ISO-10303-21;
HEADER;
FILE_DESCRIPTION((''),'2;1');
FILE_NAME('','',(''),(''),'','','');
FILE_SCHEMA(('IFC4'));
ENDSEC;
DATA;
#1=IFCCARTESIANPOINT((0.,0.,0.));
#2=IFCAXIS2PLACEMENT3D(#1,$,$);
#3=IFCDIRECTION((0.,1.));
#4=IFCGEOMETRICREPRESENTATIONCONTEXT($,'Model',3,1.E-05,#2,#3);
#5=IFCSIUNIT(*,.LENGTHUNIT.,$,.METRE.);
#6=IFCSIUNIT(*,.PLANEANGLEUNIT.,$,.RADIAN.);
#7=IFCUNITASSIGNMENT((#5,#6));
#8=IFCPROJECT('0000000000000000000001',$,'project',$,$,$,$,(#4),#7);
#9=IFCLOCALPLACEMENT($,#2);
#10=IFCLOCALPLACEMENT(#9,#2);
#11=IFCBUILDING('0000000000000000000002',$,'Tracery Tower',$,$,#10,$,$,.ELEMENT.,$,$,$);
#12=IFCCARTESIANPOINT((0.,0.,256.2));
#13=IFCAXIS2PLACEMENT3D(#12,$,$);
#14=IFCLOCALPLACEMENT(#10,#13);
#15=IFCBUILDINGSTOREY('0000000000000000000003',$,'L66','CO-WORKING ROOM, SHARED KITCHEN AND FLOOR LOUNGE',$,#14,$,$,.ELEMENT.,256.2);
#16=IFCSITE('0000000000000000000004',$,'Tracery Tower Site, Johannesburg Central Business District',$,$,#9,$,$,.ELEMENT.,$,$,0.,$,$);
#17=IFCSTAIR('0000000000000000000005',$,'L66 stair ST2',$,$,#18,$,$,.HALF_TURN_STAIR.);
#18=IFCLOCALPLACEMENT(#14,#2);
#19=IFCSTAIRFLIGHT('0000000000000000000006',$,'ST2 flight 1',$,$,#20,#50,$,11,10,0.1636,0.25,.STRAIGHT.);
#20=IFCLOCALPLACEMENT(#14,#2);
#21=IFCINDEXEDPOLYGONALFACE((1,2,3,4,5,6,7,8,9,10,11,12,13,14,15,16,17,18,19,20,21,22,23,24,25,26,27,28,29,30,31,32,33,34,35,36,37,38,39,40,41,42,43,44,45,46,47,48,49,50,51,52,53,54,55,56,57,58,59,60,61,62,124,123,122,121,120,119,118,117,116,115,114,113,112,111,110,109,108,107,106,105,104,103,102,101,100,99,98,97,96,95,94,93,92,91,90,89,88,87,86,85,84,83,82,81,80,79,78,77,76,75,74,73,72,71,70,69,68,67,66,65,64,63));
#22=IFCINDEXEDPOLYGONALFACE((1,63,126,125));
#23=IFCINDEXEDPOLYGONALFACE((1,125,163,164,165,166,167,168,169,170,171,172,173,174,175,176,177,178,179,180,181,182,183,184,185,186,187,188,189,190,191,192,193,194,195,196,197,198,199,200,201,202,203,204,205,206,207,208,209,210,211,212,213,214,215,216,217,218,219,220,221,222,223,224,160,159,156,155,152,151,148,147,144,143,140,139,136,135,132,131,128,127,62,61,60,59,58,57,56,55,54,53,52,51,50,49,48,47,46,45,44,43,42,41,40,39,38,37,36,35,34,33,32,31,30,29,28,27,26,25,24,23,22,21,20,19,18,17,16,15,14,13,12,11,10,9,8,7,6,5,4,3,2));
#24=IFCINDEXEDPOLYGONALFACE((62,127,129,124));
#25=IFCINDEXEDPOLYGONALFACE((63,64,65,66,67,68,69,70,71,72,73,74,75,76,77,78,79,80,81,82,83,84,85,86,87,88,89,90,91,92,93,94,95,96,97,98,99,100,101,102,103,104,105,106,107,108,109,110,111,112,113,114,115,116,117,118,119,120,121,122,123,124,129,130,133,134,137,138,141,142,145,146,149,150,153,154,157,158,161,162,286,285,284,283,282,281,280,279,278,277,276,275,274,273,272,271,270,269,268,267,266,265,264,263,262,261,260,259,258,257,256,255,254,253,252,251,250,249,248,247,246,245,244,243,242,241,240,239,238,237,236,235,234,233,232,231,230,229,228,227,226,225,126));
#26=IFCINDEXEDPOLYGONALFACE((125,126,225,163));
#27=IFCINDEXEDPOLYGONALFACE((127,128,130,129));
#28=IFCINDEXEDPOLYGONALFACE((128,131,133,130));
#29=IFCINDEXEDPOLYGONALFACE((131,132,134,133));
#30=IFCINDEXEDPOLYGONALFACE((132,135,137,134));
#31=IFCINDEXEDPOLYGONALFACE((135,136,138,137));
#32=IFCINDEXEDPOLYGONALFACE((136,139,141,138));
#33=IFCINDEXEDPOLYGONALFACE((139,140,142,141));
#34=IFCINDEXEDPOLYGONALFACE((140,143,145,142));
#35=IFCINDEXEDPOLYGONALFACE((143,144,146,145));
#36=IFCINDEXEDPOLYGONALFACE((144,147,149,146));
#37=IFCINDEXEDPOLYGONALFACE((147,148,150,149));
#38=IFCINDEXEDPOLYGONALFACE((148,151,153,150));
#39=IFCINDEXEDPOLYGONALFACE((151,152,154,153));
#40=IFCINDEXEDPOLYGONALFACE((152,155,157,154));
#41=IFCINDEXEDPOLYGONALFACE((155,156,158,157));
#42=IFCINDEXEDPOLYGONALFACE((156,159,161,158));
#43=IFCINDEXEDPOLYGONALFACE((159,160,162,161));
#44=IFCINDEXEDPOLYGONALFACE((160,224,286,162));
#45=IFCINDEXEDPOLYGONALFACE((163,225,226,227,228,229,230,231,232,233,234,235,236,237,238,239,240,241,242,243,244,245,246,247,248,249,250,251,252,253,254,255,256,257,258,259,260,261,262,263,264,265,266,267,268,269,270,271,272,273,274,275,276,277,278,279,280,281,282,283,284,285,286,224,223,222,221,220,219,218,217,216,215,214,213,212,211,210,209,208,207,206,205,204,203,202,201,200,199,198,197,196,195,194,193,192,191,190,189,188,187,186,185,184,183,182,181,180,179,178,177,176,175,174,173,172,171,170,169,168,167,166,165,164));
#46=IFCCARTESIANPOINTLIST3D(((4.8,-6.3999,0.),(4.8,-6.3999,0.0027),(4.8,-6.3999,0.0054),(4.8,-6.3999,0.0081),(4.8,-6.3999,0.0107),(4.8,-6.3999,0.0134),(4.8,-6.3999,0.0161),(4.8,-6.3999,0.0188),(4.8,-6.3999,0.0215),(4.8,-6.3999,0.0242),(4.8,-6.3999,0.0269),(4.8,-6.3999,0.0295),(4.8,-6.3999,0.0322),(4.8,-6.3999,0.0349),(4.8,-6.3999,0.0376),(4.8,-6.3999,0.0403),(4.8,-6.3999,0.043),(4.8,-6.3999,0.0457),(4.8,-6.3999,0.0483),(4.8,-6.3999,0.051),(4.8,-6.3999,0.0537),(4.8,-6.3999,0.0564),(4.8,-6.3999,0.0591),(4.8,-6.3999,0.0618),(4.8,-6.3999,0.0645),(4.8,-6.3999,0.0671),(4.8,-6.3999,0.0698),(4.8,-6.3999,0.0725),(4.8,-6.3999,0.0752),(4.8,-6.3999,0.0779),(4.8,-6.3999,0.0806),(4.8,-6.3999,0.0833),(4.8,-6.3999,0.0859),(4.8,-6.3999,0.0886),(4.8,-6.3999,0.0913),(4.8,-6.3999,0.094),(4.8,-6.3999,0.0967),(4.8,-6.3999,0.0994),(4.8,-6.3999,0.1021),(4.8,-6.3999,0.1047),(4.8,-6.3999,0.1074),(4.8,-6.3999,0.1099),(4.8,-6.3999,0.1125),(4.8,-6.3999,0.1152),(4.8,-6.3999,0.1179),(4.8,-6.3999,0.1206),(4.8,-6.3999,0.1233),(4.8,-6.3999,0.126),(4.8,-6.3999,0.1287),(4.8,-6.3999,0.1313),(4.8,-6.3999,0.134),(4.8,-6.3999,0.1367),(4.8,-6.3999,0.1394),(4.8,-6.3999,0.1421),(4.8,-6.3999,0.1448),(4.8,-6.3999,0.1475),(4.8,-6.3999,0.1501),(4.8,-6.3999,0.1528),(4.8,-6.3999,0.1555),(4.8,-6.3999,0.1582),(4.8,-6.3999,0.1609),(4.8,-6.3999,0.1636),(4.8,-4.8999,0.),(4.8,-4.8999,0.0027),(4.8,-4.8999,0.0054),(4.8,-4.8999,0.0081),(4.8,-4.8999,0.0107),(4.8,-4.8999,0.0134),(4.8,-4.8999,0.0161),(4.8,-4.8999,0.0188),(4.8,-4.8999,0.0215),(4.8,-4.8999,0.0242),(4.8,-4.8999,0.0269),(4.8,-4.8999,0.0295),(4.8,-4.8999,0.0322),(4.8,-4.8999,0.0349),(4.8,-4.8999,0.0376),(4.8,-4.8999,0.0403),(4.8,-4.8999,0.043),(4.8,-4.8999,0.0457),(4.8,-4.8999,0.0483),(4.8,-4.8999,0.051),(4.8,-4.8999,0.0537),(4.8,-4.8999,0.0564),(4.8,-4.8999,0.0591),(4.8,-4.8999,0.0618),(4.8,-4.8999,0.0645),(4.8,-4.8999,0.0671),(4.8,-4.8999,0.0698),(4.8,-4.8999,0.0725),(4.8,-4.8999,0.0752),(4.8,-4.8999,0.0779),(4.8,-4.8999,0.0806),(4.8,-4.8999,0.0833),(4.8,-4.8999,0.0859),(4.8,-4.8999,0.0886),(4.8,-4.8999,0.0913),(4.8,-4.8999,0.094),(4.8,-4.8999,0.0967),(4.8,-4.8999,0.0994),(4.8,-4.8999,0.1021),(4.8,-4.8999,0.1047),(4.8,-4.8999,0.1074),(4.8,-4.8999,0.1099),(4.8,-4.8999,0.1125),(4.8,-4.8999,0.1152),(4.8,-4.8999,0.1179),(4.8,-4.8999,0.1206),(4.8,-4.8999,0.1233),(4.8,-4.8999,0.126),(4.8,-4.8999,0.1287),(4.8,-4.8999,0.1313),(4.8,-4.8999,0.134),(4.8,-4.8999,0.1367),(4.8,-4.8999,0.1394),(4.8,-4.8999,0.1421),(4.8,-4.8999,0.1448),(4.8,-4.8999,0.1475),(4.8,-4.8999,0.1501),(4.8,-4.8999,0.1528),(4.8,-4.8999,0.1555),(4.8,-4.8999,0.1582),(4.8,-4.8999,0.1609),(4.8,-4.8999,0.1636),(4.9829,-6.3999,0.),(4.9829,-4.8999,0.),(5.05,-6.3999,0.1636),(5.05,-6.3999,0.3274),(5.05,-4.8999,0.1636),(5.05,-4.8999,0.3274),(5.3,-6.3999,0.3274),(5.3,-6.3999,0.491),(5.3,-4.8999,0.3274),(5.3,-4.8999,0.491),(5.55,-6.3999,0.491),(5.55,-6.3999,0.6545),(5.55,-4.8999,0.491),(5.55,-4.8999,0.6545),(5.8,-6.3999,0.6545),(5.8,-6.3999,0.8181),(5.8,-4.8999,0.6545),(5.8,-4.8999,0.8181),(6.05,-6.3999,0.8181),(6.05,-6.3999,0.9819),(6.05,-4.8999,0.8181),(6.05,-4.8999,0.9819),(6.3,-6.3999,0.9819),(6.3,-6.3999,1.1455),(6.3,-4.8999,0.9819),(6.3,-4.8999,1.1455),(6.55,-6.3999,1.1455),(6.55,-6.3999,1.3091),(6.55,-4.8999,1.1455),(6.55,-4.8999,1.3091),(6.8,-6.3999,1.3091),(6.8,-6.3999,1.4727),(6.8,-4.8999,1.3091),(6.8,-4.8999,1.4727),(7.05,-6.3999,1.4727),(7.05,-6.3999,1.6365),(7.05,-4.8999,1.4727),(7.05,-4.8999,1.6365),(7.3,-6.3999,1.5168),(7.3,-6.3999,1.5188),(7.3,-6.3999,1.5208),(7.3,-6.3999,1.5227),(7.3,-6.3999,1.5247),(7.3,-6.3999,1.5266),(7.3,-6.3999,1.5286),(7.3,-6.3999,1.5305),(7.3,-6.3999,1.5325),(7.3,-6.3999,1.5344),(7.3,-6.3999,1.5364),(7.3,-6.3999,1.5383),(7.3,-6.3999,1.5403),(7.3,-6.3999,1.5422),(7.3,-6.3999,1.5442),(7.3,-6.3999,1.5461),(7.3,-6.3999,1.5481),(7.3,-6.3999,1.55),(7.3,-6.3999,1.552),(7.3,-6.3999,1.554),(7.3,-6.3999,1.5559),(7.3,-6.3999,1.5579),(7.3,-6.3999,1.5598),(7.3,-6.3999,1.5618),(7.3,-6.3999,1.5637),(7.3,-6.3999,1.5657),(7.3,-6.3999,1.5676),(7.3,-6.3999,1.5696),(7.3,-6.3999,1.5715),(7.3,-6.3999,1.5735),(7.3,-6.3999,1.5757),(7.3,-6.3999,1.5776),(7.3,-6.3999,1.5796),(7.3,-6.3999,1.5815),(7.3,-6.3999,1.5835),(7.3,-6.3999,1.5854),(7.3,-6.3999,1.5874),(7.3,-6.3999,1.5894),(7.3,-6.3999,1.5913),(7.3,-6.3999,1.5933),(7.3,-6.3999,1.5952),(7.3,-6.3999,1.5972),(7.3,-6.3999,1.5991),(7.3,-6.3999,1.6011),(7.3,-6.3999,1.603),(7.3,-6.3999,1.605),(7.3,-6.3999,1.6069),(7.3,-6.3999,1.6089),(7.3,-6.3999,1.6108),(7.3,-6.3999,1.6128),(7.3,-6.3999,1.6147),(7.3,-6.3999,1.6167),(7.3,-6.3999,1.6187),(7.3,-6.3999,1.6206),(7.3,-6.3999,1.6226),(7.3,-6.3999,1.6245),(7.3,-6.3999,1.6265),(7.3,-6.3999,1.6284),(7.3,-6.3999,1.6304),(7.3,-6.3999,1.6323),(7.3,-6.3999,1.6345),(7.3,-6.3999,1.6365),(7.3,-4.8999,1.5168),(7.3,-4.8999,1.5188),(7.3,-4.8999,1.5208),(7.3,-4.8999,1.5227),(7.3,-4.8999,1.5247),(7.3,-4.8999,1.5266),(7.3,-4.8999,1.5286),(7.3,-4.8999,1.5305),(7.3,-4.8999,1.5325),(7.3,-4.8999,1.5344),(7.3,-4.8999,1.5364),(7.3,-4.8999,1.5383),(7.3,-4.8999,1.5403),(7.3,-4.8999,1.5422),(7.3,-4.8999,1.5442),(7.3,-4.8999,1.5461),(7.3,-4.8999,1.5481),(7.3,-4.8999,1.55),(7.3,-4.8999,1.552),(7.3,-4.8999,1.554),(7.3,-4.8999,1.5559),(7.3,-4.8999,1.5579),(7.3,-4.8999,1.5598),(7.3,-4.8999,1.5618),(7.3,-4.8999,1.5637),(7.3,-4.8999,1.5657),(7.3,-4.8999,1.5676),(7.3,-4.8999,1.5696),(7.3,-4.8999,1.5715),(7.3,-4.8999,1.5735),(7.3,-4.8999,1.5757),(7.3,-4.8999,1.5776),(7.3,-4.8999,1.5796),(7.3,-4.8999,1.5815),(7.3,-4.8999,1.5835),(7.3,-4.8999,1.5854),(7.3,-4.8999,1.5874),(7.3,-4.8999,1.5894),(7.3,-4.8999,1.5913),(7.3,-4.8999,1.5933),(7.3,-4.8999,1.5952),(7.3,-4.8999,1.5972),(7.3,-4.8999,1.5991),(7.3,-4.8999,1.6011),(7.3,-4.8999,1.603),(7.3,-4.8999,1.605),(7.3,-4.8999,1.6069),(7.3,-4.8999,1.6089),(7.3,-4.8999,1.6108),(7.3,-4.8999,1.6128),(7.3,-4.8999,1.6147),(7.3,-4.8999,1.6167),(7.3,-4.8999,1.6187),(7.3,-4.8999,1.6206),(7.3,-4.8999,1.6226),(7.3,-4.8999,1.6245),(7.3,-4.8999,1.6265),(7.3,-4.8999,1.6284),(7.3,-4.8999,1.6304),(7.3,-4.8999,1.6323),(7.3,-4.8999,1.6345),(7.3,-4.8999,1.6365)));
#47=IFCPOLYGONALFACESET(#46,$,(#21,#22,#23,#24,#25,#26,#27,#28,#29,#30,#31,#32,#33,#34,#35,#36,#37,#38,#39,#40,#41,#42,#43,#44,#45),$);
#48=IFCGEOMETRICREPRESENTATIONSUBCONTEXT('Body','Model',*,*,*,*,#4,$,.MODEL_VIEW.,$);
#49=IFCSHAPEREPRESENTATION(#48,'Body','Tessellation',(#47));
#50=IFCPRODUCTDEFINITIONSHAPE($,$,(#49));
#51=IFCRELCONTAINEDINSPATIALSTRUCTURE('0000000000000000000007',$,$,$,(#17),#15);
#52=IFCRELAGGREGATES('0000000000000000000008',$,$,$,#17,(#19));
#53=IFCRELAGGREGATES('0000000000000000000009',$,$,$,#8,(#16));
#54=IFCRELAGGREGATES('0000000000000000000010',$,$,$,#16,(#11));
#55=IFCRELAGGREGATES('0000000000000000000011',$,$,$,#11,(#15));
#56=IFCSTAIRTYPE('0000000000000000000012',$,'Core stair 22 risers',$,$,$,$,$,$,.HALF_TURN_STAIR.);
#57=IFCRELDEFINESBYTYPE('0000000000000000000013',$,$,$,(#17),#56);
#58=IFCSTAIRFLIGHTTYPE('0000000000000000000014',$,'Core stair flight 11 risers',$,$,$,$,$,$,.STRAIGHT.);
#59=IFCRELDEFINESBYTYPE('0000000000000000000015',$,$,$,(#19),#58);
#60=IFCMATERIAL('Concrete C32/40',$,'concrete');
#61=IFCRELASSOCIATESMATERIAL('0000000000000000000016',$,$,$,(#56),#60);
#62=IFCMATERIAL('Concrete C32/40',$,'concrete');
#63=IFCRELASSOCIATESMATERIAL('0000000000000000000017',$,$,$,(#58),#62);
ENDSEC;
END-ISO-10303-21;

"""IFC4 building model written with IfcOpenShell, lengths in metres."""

from ifc_helpers import new_model, si_unit, direction, frame, origin, place, context, subcontext, project, spatial, polyline, outline, extrude, material, type_object, element, aggregate, save


model = new_model("IFC4")

# Units and contexts
model_context = context("Model", 3, precision=1e-05, world=origin(), true_north=direction((0.0, 1.0)))
body_context = subcontext(model_context, "Body", "Model", "MODEL_VIEW")
ifc_project = project(units=[si_unit("LENGTHUNIT", "METRE"), si_unit("PLANEANGLEUNIT", "RADIAN")], contexts=[model_context])

# Site, building, storey
site_placement = place(None, origin())
site = spatial("IfcSite", under=ifc_project, at=site_placement, Name="Tracery Tower Site, Johannesburg Central Business District", CompositionType="ELEMENT", RefElevation=0.0)
building_placement = place(site_placement, origin())
building = spatial("IfcBuilding", under=site, at=building_placement, Name="Tracery Tower", CompositionType="ELEMENT")
storey_placement = place(building_placement, frame((0.0, 0.0, 256.2)))
storey = spatial("IfcBuildingStorey", under=building, at=storey_placement, Name="L66", Description="CO-WORKING ROOM, SHARED KITCHEN AND FLOOR LOUNGE", CompositionType="ELEMENT", Elevation=256.2)

# Stair
ifc_material_1 = material(Name="Concrete C32/40", Category="concrete")
stair_type = type_object("IfcStairType", Name="Core stair 22 risers", PredefinedType="HALF_TURN_STAIR", material=ifc_material_1)
stair_placement = place(storey_placement, origin())
stair = element("IfcStair", 1, at=stair_placement, inside=storey, type_object=stair_type, Name="L66 stair ST2", PredefinedType="HALF_TURN_STAIR")

# Stair flight
ifc_material_2 = material(Name="Concrete C32/40", Category="concrete")
stair_flight_type = type_object("IfcStairFlightType", Name="Core stair flight 11 risers", PredefinedType="STRAIGHT", material=ifc_material_2)
stair_flight_1_placement = place(storey_placement, frame((4.8, -5.6499, 0.0), z_axis=(0.0, 0.0, 1.0), x_axis=(1.0, 0.0, 0.0)))
stair_flight_1 = element("IfcStairFlight", 2, at=stair_flight_1_placement, type_object=stair_flight_type, Name="ST2 flight 1", NumberOfRisers=11, NumberOfTreads=10, PredefinedType="STRAIGHT", RiserHeight=0.1636, TreadLength=0.25, context=body_context, shape_type="SweptSolid", body=[
    extrude(outline(polyline([(0.0, 0.0), (0.0, 0.0027), (0.0, 0.0054), (0.0, 0.0081), (0.0, 0.0107), (0.0, 0.0134), (0.0, 0.0161), (0.0, 0.0188), (0.0, 0.0215), (0.0, 0.0242), (0.0, 0.0269), (0.0, 0.0295), (0.0, 0.0322), (0.0, 0.0349), (0.0, 0.0376), (0.0, 0.0403), (0.0, 0.043), (0.0, 0.0457), (0.0, 0.0483), (0.0, 0.051), (0.0, 0.0537), (0.0, 0.0564), (0.0, 0.0591), (0.0, 0.0618), (0.0, 0.0645), (0.0, 0.0671), (0.0, 0.0698), (0.0, 0.0725), (0.0, 0.0752), (0.0, 0.0779), (0.0, 0.0806), (0.0, 0.0833), (0.0, 0.0859), (0.0, 0.0886), (0.0, 0.0913), (0.0, 0.094), (0.0, 0.0967), (0.0, 0.0994), (0.0, 0.1021), (0.0, 0.1047), (0.0, 0.1074), (0.0, 0.1099), (0.0, 0.1125), (0.0, 0.1152), (0.0, 0.1179), (0.0, 0.1206), (0.0, 0.1233), (0.0, 0.126), (0.0, 0.1287), (0.0, 0.1313), (0.0, 0.134), (0.0, 0.1367), (0.0, 0.1394), (0.0, 0.1421), (0.0, 0.1448), (0.0, 0.1475), (0.0, 0.1501), (0.0, 0.1528), (0.0, 0.1555), (0.0, 0.1582), (0.0, 0.1609), (0.0, 0.1636), (0.25, 0.1636), (0.25, 0.3274), (0.5, 0.3274), (0.5, 0.491), (0.75, 0.491), (0.75, 0.6545), (1.0, 0.6545), (1.0, 0.8181), (1.25, 0.8181), (1.25, 0.9819), (1.5, 0.9819), (1.5, 1.1455), (1.75, 1.1455), (1.75, 1.3091), (2.0, 1.3091), (2.0, 1.4727), (2.25, 1.4727), (2.25, 1.6365), (2.5, 1.6365), (2.5, 1.6345), (2.5, 1.6323), (2.5, 1.6304), (2.5, 1.6284), (2.5, 1.6265), (2.5, 1.6245), (2.5, 1.6226), (2.5, 1.6206), (2.5, 1.6187), (2.5, 1.6167), (2.5, 1.6147), (2.5, 1.6128), (2.5, 1.6108), (2.5, 1.6089), (2.5, 1.6069), (2.5, 1.605), (2.5, 1.603), (2.5, 1.6011), (2.5, 1.5991), (2.5, 1.5972), (2.5, 1.5952), (2.5, 1.5933), (2.5, 1.5913), (2.5, 1.5894), (2.5, 1.5874), (2.5, 1.5854), (2.5, 1.5835), (2.5, 1.5815), (2.5, 1.5796), (2.5, 1.5776), (2.5, 1.5757), (2.5, 1.5735), (2.5, 1.5715), (2.5, 1.5696), (2.5, 1.5676), (2.5, 1.5657), (2.5, 1.5637), (2.5, 1.5618), (2.5, 1.5598), (2.5, 1.5579), (2.5, 1.5559), (2.5, 1.554), (2.5, 1.552), (2.5, 1.55), (2.5, 1.5481), (2.5, 1.5461), (2.5, 1.5442), (2.5, 1.5422), (2.5, 1.5403), (2.5, 1.5383), (2.5, 1.5364), (2.5, 1.5344), (2.5, 1.5325), (2.5, 1.5305), (2.5, 1.5286), (2.5, 1.5266), (2.5, 1.5247), (2.5, 1.5227), (2.5, 1.5208), (2.5, 1.5188), (2.5, 1.5168), (0.1829, 0.0), (0.0, 0.0)])), frame((0.0, 0.75, 0.0), z_axis=(0.0, -1.0, 0.0), x_axis=(1.0, 0.0, 0.0)), (0.0, 0.0, 1.0), 1.5),
])
aggregate(stair, [stair_flight_1])

save(model, "model.ifc")
